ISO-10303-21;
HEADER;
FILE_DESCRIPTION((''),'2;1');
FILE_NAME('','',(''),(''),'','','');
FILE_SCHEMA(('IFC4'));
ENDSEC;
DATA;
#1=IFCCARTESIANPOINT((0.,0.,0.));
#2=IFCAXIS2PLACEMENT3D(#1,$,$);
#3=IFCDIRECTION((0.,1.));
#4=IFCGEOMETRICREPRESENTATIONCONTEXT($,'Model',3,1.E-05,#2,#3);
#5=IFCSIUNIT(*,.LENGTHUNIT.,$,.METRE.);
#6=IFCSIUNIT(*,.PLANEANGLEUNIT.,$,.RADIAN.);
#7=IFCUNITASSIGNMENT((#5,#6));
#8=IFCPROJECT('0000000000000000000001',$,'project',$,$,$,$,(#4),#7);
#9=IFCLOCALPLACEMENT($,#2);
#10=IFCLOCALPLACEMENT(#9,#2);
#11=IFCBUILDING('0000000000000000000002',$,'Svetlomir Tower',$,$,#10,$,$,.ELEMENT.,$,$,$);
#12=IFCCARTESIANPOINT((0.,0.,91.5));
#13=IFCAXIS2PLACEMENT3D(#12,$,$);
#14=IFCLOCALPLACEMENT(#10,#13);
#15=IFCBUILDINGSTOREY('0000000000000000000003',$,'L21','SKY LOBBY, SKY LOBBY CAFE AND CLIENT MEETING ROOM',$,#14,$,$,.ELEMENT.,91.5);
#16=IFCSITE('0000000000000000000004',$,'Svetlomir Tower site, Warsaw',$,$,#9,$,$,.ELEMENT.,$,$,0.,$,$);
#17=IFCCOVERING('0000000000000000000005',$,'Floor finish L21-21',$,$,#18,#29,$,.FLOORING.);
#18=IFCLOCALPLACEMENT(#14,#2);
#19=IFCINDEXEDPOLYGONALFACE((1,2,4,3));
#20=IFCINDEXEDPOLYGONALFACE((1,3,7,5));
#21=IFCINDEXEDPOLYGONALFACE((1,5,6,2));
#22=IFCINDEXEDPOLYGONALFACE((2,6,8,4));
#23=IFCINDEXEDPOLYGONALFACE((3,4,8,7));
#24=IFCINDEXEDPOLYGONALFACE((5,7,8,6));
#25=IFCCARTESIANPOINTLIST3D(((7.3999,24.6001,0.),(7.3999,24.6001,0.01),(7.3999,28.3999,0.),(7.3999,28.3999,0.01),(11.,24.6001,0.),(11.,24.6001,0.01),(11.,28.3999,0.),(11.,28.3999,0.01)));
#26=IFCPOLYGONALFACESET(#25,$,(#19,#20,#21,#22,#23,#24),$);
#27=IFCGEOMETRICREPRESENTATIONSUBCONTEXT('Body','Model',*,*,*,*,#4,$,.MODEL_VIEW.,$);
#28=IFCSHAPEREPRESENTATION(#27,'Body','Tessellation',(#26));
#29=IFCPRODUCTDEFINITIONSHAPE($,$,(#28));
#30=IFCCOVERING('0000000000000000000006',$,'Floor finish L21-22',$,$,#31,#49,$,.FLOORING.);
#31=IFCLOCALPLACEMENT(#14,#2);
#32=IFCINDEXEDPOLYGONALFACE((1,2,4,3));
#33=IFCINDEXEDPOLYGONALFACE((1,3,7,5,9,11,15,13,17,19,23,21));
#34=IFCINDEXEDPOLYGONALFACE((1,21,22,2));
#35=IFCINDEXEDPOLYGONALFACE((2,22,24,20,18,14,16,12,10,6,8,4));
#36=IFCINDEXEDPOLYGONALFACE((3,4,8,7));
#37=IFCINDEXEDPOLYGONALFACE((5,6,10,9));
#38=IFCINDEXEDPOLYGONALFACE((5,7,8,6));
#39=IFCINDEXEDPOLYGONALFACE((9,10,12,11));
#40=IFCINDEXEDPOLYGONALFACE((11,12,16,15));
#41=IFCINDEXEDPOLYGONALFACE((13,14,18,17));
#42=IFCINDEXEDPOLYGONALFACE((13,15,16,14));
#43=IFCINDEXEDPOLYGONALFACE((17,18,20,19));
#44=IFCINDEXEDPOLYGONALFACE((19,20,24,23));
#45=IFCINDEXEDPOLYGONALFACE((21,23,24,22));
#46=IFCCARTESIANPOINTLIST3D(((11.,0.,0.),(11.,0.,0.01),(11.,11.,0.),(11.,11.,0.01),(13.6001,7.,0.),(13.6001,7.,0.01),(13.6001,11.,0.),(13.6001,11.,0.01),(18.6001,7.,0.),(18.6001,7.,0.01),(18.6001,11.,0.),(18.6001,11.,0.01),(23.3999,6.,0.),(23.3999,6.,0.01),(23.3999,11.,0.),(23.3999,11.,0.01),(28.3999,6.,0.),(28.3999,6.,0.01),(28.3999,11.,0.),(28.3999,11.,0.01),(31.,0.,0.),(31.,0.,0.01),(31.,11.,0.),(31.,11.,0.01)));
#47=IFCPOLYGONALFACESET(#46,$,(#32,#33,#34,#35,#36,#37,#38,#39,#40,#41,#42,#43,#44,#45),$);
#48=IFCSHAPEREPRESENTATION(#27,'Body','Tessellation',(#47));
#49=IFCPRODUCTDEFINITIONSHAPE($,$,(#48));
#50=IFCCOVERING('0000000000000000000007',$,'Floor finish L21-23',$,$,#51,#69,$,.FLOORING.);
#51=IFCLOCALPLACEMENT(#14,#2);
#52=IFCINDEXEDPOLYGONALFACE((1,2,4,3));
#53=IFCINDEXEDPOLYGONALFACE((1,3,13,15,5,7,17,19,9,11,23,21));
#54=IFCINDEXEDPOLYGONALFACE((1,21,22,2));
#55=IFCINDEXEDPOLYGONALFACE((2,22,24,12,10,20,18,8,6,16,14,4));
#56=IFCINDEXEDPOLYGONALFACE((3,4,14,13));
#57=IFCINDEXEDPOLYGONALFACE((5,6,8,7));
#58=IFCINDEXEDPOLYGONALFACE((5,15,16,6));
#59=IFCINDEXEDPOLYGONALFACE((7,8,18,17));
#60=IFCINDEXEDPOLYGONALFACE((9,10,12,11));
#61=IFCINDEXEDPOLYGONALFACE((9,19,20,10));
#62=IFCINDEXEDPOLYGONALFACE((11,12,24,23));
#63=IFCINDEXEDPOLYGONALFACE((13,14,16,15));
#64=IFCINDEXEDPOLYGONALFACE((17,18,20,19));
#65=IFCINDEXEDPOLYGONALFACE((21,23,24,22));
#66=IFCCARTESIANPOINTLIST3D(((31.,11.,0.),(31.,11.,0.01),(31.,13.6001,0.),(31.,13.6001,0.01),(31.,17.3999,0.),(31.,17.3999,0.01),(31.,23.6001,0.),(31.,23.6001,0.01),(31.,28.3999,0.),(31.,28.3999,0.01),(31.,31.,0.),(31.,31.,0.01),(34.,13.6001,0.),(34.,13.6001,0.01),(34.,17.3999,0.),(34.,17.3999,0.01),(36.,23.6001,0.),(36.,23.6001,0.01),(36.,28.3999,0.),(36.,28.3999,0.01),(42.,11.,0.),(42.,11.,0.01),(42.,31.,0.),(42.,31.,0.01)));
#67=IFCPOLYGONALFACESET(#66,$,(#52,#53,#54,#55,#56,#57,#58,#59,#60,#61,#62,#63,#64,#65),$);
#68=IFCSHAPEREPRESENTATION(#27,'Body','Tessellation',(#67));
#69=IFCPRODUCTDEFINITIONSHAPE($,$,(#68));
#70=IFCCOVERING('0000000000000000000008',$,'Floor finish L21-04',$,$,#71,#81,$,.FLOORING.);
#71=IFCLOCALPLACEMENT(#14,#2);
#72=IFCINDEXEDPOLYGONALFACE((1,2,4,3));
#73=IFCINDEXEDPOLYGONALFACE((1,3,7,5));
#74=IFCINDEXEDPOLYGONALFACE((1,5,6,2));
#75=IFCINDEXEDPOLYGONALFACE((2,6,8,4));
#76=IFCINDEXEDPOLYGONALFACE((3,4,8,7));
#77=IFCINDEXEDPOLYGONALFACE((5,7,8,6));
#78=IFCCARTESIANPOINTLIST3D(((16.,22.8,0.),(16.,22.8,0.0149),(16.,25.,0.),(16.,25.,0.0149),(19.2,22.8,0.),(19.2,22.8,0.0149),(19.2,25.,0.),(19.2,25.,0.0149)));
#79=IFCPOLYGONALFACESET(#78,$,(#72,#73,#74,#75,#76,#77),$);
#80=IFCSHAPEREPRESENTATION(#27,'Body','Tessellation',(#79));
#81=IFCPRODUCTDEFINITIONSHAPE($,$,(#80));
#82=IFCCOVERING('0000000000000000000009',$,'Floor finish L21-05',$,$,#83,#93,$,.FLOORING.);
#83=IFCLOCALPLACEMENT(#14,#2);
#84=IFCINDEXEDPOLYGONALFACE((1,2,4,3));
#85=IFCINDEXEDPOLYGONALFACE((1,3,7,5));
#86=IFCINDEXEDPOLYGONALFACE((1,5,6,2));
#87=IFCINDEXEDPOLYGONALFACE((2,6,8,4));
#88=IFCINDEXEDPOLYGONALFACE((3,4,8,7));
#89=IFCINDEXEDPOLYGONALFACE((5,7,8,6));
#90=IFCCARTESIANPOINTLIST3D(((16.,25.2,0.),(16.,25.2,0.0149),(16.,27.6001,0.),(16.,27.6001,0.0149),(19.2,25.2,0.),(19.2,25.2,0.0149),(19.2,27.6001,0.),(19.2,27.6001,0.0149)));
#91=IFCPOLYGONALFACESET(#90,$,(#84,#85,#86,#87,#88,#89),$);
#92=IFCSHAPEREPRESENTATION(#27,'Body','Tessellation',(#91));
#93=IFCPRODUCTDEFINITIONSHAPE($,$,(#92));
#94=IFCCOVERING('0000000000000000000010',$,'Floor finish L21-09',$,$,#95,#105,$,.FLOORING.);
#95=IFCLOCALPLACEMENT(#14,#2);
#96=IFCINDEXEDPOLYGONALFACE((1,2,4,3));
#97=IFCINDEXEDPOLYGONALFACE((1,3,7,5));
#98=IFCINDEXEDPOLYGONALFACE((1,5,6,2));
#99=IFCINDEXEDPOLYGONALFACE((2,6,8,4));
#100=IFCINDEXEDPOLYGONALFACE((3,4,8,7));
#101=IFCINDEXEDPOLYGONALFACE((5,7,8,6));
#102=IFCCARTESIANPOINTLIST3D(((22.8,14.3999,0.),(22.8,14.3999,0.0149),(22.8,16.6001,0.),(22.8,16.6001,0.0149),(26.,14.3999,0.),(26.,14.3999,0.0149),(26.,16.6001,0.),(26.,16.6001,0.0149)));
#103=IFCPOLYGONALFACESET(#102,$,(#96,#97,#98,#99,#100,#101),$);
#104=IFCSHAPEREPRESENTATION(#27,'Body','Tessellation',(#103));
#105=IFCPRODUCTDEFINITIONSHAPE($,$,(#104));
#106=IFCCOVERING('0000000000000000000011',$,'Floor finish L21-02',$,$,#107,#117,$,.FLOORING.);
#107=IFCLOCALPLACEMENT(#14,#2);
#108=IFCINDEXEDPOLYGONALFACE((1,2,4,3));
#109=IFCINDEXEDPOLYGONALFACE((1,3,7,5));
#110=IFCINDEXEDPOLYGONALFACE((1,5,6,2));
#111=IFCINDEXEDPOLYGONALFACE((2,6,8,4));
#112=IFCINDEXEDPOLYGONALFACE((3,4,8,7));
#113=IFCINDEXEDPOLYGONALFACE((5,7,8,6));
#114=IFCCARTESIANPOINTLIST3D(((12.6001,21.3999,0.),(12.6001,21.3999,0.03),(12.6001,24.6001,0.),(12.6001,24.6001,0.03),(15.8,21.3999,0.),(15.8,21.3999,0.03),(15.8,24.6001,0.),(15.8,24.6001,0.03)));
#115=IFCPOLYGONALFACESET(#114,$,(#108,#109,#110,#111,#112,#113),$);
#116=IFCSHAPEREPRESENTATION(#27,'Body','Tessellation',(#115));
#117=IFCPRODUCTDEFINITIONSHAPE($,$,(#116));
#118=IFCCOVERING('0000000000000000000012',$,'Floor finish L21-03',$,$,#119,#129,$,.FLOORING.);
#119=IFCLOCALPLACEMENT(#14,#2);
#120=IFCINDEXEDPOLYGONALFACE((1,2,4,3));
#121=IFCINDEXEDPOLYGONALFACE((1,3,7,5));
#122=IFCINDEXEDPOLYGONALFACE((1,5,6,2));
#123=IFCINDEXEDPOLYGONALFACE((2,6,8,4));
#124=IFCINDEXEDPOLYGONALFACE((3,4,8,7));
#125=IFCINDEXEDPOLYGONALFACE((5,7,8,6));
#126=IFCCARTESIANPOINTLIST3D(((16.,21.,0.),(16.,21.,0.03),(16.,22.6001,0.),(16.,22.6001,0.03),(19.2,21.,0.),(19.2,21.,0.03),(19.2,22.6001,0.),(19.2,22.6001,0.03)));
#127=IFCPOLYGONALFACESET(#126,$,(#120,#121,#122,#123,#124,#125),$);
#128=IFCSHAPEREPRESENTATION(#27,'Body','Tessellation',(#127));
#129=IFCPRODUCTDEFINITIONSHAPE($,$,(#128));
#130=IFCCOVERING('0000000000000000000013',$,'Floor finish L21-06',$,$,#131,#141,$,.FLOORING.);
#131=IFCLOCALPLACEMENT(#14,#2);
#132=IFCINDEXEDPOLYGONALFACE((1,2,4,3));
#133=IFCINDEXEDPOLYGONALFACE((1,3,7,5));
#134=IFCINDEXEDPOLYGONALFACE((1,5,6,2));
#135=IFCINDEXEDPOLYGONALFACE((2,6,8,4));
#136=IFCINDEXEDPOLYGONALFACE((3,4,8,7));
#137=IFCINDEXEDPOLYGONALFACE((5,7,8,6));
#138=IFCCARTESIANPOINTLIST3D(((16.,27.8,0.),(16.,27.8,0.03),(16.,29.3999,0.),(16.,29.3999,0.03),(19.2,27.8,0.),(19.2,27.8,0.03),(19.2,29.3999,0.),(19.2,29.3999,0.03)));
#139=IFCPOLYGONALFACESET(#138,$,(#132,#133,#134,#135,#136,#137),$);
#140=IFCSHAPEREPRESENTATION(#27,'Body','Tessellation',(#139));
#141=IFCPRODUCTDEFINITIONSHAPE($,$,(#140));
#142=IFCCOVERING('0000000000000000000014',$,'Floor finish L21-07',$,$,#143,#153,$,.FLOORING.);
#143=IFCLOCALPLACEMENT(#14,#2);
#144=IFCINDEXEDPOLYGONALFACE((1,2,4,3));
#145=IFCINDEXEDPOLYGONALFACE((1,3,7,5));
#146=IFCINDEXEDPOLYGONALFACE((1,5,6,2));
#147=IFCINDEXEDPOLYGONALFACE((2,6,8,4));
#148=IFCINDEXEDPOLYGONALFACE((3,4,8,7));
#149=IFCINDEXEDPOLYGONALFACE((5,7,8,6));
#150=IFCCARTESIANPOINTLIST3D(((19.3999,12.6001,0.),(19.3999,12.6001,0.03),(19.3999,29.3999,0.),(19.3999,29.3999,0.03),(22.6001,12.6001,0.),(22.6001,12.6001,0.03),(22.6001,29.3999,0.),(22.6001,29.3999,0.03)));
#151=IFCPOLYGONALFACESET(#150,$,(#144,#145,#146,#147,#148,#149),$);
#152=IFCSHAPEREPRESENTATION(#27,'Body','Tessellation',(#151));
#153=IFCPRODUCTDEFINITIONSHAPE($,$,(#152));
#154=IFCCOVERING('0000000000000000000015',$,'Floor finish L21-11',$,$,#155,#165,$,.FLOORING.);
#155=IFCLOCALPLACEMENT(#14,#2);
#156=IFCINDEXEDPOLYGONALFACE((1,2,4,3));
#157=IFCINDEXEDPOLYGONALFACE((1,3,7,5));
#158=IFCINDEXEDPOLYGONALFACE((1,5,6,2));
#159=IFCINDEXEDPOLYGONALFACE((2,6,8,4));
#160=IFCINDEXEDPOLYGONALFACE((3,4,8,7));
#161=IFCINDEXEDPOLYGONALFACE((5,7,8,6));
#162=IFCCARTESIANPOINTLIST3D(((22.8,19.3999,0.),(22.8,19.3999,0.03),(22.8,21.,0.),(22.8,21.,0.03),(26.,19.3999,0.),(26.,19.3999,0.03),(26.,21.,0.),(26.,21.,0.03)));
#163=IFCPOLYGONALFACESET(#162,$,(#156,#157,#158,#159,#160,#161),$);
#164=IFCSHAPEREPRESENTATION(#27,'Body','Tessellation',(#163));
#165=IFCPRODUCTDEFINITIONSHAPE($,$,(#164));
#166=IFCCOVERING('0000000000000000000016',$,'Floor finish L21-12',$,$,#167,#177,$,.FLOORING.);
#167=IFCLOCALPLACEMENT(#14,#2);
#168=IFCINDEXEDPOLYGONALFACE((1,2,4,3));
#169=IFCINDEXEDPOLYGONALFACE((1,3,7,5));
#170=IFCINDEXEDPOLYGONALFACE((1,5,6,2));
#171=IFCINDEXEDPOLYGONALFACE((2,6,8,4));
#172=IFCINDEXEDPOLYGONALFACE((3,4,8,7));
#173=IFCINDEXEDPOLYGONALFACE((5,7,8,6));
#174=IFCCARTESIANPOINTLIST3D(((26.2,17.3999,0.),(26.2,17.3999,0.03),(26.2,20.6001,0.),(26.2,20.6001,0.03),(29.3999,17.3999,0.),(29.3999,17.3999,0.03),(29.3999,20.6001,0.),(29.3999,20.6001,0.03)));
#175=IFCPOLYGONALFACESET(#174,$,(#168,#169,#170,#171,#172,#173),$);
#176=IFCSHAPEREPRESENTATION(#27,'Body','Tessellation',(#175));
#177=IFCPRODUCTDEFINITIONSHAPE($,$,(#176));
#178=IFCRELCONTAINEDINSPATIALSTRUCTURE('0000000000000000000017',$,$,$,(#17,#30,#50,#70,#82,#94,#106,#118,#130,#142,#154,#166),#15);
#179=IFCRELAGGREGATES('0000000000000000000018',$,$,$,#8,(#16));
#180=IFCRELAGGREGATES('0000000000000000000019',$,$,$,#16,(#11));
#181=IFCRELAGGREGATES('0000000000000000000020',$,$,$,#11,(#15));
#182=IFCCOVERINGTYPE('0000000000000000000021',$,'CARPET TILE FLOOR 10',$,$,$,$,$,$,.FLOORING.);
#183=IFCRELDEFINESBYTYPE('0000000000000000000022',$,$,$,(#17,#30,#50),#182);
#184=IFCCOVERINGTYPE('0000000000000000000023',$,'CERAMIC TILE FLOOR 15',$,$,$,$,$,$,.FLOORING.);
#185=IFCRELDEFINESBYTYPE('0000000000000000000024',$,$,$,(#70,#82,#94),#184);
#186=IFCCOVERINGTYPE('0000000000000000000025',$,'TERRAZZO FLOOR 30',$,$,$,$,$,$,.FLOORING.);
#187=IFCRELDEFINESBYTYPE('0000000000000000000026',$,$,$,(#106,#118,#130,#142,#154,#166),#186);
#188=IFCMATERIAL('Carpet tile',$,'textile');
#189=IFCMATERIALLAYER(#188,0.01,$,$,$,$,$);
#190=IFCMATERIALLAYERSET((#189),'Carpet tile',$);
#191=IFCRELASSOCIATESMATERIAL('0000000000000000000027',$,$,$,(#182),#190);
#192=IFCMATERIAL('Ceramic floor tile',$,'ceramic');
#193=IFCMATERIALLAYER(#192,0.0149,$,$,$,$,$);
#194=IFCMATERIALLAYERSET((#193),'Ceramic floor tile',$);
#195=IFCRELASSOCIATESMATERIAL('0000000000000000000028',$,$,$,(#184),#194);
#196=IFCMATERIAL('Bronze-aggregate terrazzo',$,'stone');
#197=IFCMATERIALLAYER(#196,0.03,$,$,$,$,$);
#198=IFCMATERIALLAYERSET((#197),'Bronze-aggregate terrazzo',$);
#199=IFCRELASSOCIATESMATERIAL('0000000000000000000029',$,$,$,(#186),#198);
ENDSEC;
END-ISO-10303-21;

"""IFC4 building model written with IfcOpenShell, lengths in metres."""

from ifc_helpers import new_model, si_unit, direction, frame, origin, place, context, subcontext, project, spatial, polyline, outline, extrude, material, layer, layer_set, type_object, element, save


model = new_model("IFC4")

# Units and contexts
model_context = context("Model", 3, precision=1e-05, world=origin(), true_north=direction((0.0, 1.0)))
body_context = subcontext(model_context, "Body", "Model", "MODEL_VIEW")
ifc_project = project(units=[si_unit("LENGTHUNIT", "METRE"), si_unit("PLANEANGLEUNIT", "RADIAN")], contexts=[model_context])

# Site, building, storey
site_placement = place(None, origin())
site = spatial("IfcSite", under=ifc_project, at=site_placement, Name="Svetlomir Tower site, Warsaw", CompositionType="ELEMENT", RefElevation=0.0)
building_placement = place(site_placement, origin())
building = spatial("IfcBuilding", under=site, at=building_placement, Name="Svetlomir Tower", CompositionType="ELEMENT")
storey_placement = place(building_placement, frame((0.0, 0.0, 91.5)))
storey = spatial("IfcBuildingStorey", under=building, at=storey_placement, Name="L21", Description="SKY LOBBY, SKY LOBBY CAFE AND CLIENT MEETING ROOM", CompositionType="ELEMENT", Elevation=91.5)

# Coverings
ifc_material_1 = material(Name="Carpet tile", Category="textile")
ifc_layer_1 = layer(ifc_material_1, 0.01)
ifc_layer_set_1 = layer_set([ifc_layer_1], Name="Carpet tile")
covering_type_1 = type_object("IfcCoveringType", Name="CARPET TILE FLOOR 10", PredefinedType="FLOORING", material=ifc_layer_set_1)
covering_1_placement = place(storey_placement, origin())
element("IfcCovering", 1, at=covering_1_placement, inside=storey, type_object=covering_type_1, Name="Floor finish L21-21", PredefinedType="FLOORING", context=body_context, shape_type="SweptSolid", body=[
    extrude(outline(polyline([(7.3999, 24.6001), (11.0, 24.6001), (11.0, 28.3999), (7.3999, 28.3999), (7.3999, 24.6001)])), origin(), (0.0, 0.0, 1.0), 0.01),
])
covering_2_placement = place(storey_placement, origin())
element("IfcCovering", 2, at=covering_2_placement, inside=storey, type_object=covering_type_1, Name="Floor finish L21-22", PredefinedType="FLOORING", context=body_context, shape_type="SweptSolid", body=[
    extrude(outline(polyline([(11.0, 0.0), (11.0, 11.0), (13.6001, 11.0), (13.6001, 7.0), (18.6001, 7.0), (18.6001, 11.0), (23.3999, 11.0), (23.3999, 6.0), (28.3999, 6.0), (28.3999, 11.0), (31.0, 11.0), (31.0, 0.0), (11.0, 0.0)])), origin(), (0.0, 0.0, 1.0), 0.01),
])
covering_3_placement = place(storey_placement, origin())
element("IfcCovering", 3, at=covering_3_placement, inside=storey, type_object=covering_type_1, Name="Floor finish L21-23", PredefinedType="FLOORING", context=body_context, shape_type="SweptSolid", body=[
    extrude(outline(polyline([(42.0, 11.0), (31.0, 11.0), (31.0, 13.6001), (34.0, 13.6001), (34.0, 17.3999), (31.0, 17.3999), (31.0, 23.6001), (36.0, 23.6001), (36.0, 28.3999), (31.0, 28.3999), (31.0, 31.0), (42.0, 31.0), (42.0, 11.0)])), origin(), (0.0, 0.0, 1.0), 0.01),
])
ifc_material_2 = material(Name="Ceramic floor tile", Category="ceramic")
ifc_layer_2 = layer(ifc_material_2, 0.0149)
ifc_layer_set_2 = layer_set([ifc_layer_2], Name="Ceramic floor tile")
covering_type_2 = type_object("IfcCoveringType", Name="CERAMIC TILE FLOOR 15", PredefinedType="FLOORING", material=ifc_layer_set_2)
covering_4_placement = place(storey_placement, origin())
element("IfcCovering", 4, at=covering_4_placement, inside=storey, type_object=covering_type_2, Name="Floor finish L21-04", PredefinedType="FLOORING", context=body_context, shape_type="SweptSolid", body=[
    extrude(outline(polyline([(16.0, 22.8), (19.2, 22.8), (19.2, 25.0), (16.0, 25.0), (16.0, 22.8)])), origin(), (0.0, 0.0, 1.0), 0.0149),
])
covering_5_placement = place(storey_placement, origin())
element("IfcCovering", 5, at=covering_5_placement, inside=storey, type_object=covering_type_2, Name="Floor finish L21-05", PredefinedType="FLOORING", context=body_context, shape_type="SweptSolid", body=[
    extrude(outline(polyline([(16.0, 25.2), (19.2, 25.2), (19.2, 27.6001), (16.0, 27.6001), (16.0, 25.2)])), origin(), (0.0, 0.0, 1.0), 0.0149),
])
covering_6_placement = place(storey_placement, origin())
element("IfcCovering", 6, at=covering_6_placement, inside=storey, type_object=covering_type_2, Name="Floor finish L21-09", PredefinedType="FLOORING", context=body_context, shape_type="SweptSolid", body=[
    extrude(outline(polyline([(22.8, 14.3999), (26.0, 14.3999), (26.0, 16.6001), (22.8, 16.6001), (22.8, 14.3999)])), origin(), (0.0, 0.0, 1.0), 0.0149),
])
ifc_material_3 = material(Name="Bronze-aggregate terrazzo", Category="stone")
ifc_layer_3 = layer(ifc_material_3, 0.03)
ifc_layer_set_3 = layer_set([ifc_layer_3], Name="Bronze-aggregate terrazzo")
covering_type_3 = type_object("IfcCoveringType", Name="TERRAZZO FLOOR 30", PredefinedType="FLOORING", material=ifc_layer_set_3)
covering_7_placement = place(storey_placement, origin())
element("IfcCovering", 7, at=covering_7_placement, inside=storey, type_object=covering_type_3, Name="Floor finish L21-02", PredefinedType="FLOORING", context=body_context, shape_type="SweptSolid", body=[
    extrude(outline(polyline([(12.6001, 21.3999), (15.8, 21.3999), (15.8, 24.6001), (12.6001, 24.6001), (12.6001, 21.3999)])), origin(), (0.0, 0.0, 1.0), 0.03),
])
covering_8_placement = place(storey_placement, origin())
element("IfcCovering", 8, at=covering_8_placement, inside=storey, type_object=covering_type_3, Name="Floor finish L21-03", PredefinedType="FLOORING", context=body_context, shape_type="SweptSolid", body=[
    extrude(outline(polyline([(16.0, 21.0), (19.2, 21.0), (19.2, 22.6001), (16.0, 22.6001), (16.0, 21.0)])), origin(), (0.0, 0.0, 1.0), 0.03),
])
covering_9_placement = place(storey_placement, origin())
element("IfcCovering", 9, at=covering_9_placement, inside=storey, type_object=covering_type_3, Name="Floor finish L21-06", PredefinedType="FLOORING", context=body_context, shape_type="SweptSolid", body=[
    extrude(outline(polyline([(16.0, 27.8), (19.2, 27.8), (19.2, 29.3999), (16.0, 29.3999), (16.0, 27.8)])), origin(), (0.0, 0.0, 1.0), 0.03),
])
covering_10_placement = place(storey_placement, origin())
element("IfcCovering", 10, at=covering_10_placement, inside=storey, type_object=covering_type_3, Name="Floor finish L21-07", PredefinedType="FLOORING", context=body_context, shape_type="SweptSolid", body=[
    extrude(outline(polyline([(19.3999, 12.6001), (22.6001, 12.6001), (22.6001, 29.3999), (19.3999, 29.3999), (19.3999, 12.6001)])), origin(), (0.0, 0.0, 1.0), 0.03),
])
covering_11_placement = place(storey_placement, origin())
element("IfcCovering", 11, at=covering_11_placement, inside=storey, type_object=covering_type_3, Name="Floor finish L21-11", PredefinedType="FLOORING", context=body_context, shape_type="SweptSolid", body=[
    extrude(outline(polyline([(22.8, 19.3999), (26.0, 19.3999), (26.0, 21.0), (22.8, 21.0), (22.8, 19.3999)])), origin(), (0.0, 0.0, 1.0), 0.03),
])
covering_12_placement = place(storey_placement, origin())
element("IfcCovering", 12, at=covering_12_placement, inside=storey, type_object=covering_type_3, Name="Floor finish L21-12", PredefinedType="FLOORING", context=body_context, shape_type="SweptSolid", body=[
    extrude(outline(polyline([(26.2, 17.3999), (29.3999, 17.3999), (29.3999, 20.6001), (26.2, 20.6001), (26.2, 17.3999)])), origin(), (0.0, 0.0, 1.0), 0.03),
])

save(model, "model.ifc")
